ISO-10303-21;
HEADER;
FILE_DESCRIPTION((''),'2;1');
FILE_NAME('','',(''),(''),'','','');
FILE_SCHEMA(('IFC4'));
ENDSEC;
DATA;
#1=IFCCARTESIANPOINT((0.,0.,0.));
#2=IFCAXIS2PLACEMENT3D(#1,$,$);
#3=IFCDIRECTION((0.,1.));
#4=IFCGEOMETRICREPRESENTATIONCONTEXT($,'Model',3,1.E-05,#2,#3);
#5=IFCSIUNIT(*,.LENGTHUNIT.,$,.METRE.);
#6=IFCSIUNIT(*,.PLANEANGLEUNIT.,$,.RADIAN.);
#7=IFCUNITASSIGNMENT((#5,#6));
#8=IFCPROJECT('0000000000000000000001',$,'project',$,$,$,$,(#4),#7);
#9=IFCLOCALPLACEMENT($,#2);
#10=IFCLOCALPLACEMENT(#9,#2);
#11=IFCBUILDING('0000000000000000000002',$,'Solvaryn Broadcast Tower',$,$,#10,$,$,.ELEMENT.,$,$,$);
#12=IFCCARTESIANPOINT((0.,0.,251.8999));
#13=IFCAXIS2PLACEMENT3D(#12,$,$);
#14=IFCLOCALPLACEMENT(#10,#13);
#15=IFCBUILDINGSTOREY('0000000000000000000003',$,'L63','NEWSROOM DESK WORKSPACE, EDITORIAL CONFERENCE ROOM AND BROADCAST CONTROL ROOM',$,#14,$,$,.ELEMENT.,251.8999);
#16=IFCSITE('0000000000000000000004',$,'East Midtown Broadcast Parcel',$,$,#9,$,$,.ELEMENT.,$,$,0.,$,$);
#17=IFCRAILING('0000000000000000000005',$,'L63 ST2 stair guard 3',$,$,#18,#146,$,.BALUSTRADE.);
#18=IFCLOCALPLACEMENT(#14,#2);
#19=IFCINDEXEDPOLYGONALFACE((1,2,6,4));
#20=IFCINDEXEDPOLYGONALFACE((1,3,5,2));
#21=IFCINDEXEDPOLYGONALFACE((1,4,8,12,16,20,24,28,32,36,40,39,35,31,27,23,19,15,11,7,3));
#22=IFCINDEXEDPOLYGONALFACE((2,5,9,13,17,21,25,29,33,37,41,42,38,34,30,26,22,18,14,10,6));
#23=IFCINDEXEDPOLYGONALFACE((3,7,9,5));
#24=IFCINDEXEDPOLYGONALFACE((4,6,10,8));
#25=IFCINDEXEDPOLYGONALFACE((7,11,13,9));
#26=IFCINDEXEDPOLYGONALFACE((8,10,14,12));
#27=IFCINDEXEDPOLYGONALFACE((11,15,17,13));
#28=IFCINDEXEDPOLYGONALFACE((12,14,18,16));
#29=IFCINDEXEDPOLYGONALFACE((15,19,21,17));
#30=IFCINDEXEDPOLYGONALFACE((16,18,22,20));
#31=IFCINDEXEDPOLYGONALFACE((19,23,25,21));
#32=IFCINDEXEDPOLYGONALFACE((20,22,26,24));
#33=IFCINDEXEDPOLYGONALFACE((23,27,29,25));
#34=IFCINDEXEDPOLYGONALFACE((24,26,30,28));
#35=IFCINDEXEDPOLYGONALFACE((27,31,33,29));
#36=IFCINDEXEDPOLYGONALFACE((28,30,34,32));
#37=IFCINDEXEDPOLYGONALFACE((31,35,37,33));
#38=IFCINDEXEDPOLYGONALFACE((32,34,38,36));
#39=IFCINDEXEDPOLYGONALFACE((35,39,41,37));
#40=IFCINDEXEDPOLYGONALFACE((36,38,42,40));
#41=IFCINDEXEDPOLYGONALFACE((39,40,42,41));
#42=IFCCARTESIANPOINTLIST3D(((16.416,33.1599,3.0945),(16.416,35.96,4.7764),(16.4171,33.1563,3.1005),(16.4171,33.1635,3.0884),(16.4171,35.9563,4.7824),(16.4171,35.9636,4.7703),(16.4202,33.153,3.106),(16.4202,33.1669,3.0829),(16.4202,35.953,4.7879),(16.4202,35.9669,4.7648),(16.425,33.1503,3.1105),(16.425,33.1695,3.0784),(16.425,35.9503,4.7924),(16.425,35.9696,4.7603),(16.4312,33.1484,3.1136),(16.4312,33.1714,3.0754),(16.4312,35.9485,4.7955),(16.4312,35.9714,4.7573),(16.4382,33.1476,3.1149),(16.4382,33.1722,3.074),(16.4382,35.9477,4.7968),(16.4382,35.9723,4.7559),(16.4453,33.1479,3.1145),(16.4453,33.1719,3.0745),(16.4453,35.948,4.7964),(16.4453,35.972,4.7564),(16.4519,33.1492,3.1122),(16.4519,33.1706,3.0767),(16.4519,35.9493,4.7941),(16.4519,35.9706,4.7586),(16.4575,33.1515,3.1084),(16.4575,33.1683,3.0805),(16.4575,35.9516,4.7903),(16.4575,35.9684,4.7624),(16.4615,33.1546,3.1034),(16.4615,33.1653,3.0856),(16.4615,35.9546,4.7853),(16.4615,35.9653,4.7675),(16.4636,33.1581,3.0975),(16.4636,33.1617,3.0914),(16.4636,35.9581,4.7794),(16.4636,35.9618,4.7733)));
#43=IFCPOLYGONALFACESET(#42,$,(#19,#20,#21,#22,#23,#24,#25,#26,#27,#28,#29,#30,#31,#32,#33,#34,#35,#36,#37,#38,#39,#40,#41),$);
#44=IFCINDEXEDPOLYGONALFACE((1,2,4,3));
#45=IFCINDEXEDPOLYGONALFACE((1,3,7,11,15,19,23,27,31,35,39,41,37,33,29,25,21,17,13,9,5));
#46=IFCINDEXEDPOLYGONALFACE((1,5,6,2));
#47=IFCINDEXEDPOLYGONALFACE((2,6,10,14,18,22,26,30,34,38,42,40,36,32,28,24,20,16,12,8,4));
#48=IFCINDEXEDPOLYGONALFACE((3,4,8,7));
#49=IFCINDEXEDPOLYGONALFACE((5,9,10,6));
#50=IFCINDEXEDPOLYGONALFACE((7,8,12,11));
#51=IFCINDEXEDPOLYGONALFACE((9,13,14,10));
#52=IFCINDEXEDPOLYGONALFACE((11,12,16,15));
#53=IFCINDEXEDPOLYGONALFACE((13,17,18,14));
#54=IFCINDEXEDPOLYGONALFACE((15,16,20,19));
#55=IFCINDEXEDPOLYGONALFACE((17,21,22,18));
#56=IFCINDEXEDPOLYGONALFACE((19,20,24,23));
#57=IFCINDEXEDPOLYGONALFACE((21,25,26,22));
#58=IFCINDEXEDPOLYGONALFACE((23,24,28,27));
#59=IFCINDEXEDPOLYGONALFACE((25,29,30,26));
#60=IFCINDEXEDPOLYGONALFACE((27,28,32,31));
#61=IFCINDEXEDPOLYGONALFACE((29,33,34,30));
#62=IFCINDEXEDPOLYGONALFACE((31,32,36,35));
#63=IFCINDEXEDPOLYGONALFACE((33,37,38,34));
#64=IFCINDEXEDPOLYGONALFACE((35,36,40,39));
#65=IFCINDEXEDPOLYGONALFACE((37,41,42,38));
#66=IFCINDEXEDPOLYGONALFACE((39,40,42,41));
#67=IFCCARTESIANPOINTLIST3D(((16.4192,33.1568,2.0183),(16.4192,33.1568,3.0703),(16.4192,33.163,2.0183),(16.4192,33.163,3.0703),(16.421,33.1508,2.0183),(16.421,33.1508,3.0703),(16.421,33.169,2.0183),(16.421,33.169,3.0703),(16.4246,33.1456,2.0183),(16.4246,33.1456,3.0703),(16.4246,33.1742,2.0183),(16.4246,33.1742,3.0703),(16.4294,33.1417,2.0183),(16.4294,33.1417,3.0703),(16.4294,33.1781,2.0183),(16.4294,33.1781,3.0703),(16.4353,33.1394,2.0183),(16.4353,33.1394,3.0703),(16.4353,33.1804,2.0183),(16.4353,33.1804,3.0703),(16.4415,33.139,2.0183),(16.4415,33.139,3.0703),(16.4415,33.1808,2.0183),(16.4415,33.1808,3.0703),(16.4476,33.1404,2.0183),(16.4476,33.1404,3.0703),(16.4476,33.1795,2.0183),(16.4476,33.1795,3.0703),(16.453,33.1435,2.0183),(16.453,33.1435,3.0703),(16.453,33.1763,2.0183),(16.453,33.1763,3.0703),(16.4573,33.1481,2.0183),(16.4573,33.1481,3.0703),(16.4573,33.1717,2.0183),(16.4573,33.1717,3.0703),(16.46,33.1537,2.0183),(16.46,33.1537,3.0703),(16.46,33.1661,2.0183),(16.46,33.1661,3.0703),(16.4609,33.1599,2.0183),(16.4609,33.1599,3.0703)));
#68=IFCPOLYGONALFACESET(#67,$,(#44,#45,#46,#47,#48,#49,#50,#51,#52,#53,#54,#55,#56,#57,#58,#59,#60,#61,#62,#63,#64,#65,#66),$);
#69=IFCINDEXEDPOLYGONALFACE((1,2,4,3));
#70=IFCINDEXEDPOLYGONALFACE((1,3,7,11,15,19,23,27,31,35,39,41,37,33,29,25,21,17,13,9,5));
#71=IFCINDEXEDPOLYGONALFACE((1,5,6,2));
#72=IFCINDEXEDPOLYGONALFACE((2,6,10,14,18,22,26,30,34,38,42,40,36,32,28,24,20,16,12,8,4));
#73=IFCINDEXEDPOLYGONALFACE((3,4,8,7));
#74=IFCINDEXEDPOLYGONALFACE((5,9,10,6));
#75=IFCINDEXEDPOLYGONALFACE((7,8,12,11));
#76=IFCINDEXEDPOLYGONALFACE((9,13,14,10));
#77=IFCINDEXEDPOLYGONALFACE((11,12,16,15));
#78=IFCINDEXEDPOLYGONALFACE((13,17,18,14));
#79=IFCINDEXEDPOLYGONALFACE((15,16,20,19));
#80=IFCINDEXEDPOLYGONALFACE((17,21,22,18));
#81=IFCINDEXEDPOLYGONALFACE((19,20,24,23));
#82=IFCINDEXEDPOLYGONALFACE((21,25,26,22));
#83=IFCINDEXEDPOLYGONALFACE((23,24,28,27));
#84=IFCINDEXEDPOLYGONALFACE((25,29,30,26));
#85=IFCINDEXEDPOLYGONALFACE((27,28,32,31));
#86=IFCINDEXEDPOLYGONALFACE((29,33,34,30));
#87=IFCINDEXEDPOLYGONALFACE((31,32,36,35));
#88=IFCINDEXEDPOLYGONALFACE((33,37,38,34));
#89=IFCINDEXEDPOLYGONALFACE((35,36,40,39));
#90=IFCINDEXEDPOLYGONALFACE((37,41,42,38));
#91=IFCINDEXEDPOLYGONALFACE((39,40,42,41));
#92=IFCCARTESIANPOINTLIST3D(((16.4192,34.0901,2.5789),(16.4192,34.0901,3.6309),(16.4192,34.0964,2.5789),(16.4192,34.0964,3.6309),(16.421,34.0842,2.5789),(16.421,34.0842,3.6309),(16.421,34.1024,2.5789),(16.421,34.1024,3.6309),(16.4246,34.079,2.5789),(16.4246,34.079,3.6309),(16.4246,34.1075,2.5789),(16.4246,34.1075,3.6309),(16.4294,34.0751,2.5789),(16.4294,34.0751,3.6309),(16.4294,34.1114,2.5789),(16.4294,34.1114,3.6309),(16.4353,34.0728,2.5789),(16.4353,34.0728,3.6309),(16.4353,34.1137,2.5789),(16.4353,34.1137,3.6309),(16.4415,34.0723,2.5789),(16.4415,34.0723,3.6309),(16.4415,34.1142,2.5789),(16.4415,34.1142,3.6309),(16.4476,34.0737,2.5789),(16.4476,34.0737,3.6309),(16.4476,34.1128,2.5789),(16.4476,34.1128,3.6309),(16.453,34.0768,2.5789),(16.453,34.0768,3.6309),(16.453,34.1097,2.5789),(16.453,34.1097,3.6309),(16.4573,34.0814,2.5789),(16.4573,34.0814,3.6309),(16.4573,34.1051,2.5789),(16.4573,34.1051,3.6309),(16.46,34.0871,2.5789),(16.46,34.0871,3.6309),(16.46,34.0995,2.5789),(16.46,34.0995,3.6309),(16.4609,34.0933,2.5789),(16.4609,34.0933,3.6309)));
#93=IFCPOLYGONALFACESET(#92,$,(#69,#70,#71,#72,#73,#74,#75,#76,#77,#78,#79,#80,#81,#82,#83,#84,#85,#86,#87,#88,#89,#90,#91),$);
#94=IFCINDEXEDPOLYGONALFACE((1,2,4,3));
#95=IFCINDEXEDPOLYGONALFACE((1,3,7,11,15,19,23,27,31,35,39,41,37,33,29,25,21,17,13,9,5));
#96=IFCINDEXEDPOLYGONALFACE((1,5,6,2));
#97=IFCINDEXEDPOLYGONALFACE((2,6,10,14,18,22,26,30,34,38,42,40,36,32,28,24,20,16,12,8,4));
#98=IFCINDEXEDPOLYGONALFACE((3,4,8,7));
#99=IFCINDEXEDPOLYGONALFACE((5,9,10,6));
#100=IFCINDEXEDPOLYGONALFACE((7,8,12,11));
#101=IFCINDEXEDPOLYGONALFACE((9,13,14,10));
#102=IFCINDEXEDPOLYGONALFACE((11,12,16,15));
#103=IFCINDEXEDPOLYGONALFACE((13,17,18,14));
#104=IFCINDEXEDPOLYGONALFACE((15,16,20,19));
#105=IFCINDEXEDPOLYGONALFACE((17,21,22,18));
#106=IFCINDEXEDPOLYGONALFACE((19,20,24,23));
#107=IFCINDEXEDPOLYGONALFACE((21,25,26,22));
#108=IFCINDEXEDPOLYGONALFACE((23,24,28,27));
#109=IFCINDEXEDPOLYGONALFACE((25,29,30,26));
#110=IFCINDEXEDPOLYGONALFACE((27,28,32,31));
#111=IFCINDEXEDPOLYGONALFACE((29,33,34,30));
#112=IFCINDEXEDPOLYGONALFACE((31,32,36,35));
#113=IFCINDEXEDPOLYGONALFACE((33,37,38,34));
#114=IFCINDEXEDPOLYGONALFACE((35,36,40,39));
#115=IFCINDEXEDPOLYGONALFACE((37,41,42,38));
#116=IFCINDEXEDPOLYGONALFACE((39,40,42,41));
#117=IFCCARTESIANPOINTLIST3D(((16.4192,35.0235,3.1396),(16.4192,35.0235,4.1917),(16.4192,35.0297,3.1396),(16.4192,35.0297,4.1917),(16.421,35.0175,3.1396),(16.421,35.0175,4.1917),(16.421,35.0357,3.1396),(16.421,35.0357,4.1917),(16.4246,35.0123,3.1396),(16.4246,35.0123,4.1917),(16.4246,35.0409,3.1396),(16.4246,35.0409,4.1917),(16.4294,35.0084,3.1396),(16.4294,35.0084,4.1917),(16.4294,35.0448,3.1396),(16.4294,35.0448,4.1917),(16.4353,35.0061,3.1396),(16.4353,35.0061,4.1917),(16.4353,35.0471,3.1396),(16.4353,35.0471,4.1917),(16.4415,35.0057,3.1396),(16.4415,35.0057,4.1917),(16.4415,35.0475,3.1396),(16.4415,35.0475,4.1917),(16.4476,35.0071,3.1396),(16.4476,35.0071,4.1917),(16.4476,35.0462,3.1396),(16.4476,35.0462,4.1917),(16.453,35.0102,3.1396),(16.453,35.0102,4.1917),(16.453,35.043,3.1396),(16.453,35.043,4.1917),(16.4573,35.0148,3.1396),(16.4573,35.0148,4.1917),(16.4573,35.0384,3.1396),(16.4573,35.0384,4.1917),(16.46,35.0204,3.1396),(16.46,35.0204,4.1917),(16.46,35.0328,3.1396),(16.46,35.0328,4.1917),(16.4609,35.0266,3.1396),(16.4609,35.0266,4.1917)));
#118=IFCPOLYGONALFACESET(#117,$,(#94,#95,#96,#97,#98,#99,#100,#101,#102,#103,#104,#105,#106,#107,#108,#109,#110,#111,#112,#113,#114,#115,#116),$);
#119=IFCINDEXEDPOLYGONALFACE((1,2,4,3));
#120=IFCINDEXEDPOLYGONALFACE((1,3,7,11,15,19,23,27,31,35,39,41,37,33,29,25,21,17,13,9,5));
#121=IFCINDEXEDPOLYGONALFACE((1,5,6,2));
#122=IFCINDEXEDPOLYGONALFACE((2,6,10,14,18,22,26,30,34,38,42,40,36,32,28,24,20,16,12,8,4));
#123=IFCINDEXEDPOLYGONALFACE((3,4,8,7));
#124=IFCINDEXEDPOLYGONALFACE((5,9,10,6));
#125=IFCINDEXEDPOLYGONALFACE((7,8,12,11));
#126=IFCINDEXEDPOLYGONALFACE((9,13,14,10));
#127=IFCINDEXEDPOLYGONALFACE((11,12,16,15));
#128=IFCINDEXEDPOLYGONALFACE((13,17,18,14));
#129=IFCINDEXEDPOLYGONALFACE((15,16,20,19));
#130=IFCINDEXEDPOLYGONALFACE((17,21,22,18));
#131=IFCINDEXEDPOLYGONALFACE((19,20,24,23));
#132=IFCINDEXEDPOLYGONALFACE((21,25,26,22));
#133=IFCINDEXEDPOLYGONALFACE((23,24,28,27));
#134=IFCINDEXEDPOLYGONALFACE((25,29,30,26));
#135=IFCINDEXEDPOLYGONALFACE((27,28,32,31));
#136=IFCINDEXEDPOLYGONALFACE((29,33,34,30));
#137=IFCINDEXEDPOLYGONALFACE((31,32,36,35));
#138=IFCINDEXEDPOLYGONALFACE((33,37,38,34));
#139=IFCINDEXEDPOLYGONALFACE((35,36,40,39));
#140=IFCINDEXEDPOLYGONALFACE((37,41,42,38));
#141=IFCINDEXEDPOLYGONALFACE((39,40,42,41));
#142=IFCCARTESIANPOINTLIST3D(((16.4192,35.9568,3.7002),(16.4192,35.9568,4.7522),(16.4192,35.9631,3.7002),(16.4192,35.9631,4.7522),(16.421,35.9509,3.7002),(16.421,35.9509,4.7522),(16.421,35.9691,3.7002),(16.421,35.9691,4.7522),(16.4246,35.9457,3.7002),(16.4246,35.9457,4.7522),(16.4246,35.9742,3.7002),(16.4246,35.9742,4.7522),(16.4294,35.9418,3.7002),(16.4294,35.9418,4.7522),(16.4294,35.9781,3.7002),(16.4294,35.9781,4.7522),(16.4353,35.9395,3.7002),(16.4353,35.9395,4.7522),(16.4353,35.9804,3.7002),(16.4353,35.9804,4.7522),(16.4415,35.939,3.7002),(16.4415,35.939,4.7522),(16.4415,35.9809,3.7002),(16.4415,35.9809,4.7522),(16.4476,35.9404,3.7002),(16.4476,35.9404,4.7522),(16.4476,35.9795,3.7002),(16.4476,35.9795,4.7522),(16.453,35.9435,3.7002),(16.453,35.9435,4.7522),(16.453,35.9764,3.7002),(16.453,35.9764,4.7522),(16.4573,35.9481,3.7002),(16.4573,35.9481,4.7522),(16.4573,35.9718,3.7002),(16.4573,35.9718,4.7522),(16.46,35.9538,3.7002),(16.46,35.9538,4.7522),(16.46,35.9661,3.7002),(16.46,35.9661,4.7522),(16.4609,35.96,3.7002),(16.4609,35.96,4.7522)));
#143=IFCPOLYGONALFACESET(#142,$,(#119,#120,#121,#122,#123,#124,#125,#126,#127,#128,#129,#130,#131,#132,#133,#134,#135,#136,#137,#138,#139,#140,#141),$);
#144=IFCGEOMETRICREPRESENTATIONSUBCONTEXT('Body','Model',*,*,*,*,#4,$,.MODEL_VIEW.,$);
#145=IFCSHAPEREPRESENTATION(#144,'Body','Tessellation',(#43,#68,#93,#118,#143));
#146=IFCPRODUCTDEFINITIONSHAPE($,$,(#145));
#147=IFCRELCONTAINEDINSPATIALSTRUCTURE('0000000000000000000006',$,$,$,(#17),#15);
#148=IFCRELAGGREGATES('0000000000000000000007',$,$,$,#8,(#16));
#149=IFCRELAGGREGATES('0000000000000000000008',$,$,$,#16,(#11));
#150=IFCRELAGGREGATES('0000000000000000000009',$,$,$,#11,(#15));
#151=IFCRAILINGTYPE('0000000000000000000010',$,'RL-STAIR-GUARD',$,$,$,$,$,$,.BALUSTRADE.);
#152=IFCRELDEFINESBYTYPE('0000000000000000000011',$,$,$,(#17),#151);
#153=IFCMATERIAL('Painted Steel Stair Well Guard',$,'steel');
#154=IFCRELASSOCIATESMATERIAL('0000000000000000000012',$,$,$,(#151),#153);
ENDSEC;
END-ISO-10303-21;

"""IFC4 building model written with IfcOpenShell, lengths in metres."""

from ifc_helpers import new_model, si_unit, direction, frame, origin, origin_2d, place, context, subcontext, project, spatial, circle, extrude, material, type_object, element, save


model = new_model("IFC4")

# Units and contexts
model_context = context("Model", 3, precision=1e-05, world=origin(), true_north=direction((0.0, 1.0)))
body_context = subcontext(model_context, "Body", "Model", "MODEL_VIEW")
ifc_project = project(units=[si_unit("LENGTHUNIT", "METRE"), si_unit("PLANEANGLEUNIT", "RADIAN")], contexts=[model_context])

# Site, building, storey
site_placement = place(None, origin())
site = spatial("IfcSite", under=ifc_project, at=site_placement, Name="East Midtown Broadcast Parcel", CompositionType="ELEMENT", RefElevation=0.0)
building_placement = place(site_placement, origin())
building = spatial("IfcBuilding", under=site, at=building_placement, Name="Solvaryn Broadcast Tower", CompositionType="ELEMENT")
storey_placement = place(building_placement, frame((0.0, 0.0, 251.8999)))
storey = spatial("IfcBuildingStorey", under=building, at=storey_placement, Name="L63", Description="NEWSROOM DESK WORKSPACE, EDITORIAL CONFERENCE ROOM AND BROADCAST CONTROL ROOM", CompositionType="ELEMENT", Elevation=251.8999)

# Railing
ifc_material_1 = material(Name="Painted Steel Stair Well Guard", Category="steel")
railing_type_1 = type_object("IfcRailingType", Name="RL-STAIR-GUARD", PredefinedType="BALUSTRADE", material=ifc_material_1)
railing_1_placement = place(storey_placement, frame((16.4399, 33.1599, 2.0183)))
element("IfcRailing", 1, at=railing_1_placement, inside=storey, type_object=railing_type_1, Name="L63 ST2 stair guard 3", PredefinedType="BALUSTRADE", context=body_context, shape_type="SweptSolid", body=[
    extrude(circle(Radius=0.0239, at=origin_2d()), frame((0.0, 0.0, 1.0762), z_axis=(0.0, 0.857242, 0.514913), x_axis=(-1.0, 0.0, 0.0)), (0.0, 0.0, 1.0), 3.2664),
    extrude(circle(Radius=0.021, at=origin_2d()), origin(), (0.0, 0.0, 1.0), 1.052),
    extrude(circle(Radius=0.021, at=origin_2d()), frame((0.0, 0.9333, 0.5605)), (0.0, 0.0, 1.0), 1.052),
    extrude(circle(Radius=0.021, at=origin_2d()), frame((0.0, 1.8667, 1.1213)), (0.0, 0.0, 1.0), 1.052),
    extrude(circle(Radius=0.021, at=origin_2d()), frame((0.0, 2.8, 1.6819)), (0.0, 0.0, 1.0), 1.052),
])

save(model, "model.ifc")
